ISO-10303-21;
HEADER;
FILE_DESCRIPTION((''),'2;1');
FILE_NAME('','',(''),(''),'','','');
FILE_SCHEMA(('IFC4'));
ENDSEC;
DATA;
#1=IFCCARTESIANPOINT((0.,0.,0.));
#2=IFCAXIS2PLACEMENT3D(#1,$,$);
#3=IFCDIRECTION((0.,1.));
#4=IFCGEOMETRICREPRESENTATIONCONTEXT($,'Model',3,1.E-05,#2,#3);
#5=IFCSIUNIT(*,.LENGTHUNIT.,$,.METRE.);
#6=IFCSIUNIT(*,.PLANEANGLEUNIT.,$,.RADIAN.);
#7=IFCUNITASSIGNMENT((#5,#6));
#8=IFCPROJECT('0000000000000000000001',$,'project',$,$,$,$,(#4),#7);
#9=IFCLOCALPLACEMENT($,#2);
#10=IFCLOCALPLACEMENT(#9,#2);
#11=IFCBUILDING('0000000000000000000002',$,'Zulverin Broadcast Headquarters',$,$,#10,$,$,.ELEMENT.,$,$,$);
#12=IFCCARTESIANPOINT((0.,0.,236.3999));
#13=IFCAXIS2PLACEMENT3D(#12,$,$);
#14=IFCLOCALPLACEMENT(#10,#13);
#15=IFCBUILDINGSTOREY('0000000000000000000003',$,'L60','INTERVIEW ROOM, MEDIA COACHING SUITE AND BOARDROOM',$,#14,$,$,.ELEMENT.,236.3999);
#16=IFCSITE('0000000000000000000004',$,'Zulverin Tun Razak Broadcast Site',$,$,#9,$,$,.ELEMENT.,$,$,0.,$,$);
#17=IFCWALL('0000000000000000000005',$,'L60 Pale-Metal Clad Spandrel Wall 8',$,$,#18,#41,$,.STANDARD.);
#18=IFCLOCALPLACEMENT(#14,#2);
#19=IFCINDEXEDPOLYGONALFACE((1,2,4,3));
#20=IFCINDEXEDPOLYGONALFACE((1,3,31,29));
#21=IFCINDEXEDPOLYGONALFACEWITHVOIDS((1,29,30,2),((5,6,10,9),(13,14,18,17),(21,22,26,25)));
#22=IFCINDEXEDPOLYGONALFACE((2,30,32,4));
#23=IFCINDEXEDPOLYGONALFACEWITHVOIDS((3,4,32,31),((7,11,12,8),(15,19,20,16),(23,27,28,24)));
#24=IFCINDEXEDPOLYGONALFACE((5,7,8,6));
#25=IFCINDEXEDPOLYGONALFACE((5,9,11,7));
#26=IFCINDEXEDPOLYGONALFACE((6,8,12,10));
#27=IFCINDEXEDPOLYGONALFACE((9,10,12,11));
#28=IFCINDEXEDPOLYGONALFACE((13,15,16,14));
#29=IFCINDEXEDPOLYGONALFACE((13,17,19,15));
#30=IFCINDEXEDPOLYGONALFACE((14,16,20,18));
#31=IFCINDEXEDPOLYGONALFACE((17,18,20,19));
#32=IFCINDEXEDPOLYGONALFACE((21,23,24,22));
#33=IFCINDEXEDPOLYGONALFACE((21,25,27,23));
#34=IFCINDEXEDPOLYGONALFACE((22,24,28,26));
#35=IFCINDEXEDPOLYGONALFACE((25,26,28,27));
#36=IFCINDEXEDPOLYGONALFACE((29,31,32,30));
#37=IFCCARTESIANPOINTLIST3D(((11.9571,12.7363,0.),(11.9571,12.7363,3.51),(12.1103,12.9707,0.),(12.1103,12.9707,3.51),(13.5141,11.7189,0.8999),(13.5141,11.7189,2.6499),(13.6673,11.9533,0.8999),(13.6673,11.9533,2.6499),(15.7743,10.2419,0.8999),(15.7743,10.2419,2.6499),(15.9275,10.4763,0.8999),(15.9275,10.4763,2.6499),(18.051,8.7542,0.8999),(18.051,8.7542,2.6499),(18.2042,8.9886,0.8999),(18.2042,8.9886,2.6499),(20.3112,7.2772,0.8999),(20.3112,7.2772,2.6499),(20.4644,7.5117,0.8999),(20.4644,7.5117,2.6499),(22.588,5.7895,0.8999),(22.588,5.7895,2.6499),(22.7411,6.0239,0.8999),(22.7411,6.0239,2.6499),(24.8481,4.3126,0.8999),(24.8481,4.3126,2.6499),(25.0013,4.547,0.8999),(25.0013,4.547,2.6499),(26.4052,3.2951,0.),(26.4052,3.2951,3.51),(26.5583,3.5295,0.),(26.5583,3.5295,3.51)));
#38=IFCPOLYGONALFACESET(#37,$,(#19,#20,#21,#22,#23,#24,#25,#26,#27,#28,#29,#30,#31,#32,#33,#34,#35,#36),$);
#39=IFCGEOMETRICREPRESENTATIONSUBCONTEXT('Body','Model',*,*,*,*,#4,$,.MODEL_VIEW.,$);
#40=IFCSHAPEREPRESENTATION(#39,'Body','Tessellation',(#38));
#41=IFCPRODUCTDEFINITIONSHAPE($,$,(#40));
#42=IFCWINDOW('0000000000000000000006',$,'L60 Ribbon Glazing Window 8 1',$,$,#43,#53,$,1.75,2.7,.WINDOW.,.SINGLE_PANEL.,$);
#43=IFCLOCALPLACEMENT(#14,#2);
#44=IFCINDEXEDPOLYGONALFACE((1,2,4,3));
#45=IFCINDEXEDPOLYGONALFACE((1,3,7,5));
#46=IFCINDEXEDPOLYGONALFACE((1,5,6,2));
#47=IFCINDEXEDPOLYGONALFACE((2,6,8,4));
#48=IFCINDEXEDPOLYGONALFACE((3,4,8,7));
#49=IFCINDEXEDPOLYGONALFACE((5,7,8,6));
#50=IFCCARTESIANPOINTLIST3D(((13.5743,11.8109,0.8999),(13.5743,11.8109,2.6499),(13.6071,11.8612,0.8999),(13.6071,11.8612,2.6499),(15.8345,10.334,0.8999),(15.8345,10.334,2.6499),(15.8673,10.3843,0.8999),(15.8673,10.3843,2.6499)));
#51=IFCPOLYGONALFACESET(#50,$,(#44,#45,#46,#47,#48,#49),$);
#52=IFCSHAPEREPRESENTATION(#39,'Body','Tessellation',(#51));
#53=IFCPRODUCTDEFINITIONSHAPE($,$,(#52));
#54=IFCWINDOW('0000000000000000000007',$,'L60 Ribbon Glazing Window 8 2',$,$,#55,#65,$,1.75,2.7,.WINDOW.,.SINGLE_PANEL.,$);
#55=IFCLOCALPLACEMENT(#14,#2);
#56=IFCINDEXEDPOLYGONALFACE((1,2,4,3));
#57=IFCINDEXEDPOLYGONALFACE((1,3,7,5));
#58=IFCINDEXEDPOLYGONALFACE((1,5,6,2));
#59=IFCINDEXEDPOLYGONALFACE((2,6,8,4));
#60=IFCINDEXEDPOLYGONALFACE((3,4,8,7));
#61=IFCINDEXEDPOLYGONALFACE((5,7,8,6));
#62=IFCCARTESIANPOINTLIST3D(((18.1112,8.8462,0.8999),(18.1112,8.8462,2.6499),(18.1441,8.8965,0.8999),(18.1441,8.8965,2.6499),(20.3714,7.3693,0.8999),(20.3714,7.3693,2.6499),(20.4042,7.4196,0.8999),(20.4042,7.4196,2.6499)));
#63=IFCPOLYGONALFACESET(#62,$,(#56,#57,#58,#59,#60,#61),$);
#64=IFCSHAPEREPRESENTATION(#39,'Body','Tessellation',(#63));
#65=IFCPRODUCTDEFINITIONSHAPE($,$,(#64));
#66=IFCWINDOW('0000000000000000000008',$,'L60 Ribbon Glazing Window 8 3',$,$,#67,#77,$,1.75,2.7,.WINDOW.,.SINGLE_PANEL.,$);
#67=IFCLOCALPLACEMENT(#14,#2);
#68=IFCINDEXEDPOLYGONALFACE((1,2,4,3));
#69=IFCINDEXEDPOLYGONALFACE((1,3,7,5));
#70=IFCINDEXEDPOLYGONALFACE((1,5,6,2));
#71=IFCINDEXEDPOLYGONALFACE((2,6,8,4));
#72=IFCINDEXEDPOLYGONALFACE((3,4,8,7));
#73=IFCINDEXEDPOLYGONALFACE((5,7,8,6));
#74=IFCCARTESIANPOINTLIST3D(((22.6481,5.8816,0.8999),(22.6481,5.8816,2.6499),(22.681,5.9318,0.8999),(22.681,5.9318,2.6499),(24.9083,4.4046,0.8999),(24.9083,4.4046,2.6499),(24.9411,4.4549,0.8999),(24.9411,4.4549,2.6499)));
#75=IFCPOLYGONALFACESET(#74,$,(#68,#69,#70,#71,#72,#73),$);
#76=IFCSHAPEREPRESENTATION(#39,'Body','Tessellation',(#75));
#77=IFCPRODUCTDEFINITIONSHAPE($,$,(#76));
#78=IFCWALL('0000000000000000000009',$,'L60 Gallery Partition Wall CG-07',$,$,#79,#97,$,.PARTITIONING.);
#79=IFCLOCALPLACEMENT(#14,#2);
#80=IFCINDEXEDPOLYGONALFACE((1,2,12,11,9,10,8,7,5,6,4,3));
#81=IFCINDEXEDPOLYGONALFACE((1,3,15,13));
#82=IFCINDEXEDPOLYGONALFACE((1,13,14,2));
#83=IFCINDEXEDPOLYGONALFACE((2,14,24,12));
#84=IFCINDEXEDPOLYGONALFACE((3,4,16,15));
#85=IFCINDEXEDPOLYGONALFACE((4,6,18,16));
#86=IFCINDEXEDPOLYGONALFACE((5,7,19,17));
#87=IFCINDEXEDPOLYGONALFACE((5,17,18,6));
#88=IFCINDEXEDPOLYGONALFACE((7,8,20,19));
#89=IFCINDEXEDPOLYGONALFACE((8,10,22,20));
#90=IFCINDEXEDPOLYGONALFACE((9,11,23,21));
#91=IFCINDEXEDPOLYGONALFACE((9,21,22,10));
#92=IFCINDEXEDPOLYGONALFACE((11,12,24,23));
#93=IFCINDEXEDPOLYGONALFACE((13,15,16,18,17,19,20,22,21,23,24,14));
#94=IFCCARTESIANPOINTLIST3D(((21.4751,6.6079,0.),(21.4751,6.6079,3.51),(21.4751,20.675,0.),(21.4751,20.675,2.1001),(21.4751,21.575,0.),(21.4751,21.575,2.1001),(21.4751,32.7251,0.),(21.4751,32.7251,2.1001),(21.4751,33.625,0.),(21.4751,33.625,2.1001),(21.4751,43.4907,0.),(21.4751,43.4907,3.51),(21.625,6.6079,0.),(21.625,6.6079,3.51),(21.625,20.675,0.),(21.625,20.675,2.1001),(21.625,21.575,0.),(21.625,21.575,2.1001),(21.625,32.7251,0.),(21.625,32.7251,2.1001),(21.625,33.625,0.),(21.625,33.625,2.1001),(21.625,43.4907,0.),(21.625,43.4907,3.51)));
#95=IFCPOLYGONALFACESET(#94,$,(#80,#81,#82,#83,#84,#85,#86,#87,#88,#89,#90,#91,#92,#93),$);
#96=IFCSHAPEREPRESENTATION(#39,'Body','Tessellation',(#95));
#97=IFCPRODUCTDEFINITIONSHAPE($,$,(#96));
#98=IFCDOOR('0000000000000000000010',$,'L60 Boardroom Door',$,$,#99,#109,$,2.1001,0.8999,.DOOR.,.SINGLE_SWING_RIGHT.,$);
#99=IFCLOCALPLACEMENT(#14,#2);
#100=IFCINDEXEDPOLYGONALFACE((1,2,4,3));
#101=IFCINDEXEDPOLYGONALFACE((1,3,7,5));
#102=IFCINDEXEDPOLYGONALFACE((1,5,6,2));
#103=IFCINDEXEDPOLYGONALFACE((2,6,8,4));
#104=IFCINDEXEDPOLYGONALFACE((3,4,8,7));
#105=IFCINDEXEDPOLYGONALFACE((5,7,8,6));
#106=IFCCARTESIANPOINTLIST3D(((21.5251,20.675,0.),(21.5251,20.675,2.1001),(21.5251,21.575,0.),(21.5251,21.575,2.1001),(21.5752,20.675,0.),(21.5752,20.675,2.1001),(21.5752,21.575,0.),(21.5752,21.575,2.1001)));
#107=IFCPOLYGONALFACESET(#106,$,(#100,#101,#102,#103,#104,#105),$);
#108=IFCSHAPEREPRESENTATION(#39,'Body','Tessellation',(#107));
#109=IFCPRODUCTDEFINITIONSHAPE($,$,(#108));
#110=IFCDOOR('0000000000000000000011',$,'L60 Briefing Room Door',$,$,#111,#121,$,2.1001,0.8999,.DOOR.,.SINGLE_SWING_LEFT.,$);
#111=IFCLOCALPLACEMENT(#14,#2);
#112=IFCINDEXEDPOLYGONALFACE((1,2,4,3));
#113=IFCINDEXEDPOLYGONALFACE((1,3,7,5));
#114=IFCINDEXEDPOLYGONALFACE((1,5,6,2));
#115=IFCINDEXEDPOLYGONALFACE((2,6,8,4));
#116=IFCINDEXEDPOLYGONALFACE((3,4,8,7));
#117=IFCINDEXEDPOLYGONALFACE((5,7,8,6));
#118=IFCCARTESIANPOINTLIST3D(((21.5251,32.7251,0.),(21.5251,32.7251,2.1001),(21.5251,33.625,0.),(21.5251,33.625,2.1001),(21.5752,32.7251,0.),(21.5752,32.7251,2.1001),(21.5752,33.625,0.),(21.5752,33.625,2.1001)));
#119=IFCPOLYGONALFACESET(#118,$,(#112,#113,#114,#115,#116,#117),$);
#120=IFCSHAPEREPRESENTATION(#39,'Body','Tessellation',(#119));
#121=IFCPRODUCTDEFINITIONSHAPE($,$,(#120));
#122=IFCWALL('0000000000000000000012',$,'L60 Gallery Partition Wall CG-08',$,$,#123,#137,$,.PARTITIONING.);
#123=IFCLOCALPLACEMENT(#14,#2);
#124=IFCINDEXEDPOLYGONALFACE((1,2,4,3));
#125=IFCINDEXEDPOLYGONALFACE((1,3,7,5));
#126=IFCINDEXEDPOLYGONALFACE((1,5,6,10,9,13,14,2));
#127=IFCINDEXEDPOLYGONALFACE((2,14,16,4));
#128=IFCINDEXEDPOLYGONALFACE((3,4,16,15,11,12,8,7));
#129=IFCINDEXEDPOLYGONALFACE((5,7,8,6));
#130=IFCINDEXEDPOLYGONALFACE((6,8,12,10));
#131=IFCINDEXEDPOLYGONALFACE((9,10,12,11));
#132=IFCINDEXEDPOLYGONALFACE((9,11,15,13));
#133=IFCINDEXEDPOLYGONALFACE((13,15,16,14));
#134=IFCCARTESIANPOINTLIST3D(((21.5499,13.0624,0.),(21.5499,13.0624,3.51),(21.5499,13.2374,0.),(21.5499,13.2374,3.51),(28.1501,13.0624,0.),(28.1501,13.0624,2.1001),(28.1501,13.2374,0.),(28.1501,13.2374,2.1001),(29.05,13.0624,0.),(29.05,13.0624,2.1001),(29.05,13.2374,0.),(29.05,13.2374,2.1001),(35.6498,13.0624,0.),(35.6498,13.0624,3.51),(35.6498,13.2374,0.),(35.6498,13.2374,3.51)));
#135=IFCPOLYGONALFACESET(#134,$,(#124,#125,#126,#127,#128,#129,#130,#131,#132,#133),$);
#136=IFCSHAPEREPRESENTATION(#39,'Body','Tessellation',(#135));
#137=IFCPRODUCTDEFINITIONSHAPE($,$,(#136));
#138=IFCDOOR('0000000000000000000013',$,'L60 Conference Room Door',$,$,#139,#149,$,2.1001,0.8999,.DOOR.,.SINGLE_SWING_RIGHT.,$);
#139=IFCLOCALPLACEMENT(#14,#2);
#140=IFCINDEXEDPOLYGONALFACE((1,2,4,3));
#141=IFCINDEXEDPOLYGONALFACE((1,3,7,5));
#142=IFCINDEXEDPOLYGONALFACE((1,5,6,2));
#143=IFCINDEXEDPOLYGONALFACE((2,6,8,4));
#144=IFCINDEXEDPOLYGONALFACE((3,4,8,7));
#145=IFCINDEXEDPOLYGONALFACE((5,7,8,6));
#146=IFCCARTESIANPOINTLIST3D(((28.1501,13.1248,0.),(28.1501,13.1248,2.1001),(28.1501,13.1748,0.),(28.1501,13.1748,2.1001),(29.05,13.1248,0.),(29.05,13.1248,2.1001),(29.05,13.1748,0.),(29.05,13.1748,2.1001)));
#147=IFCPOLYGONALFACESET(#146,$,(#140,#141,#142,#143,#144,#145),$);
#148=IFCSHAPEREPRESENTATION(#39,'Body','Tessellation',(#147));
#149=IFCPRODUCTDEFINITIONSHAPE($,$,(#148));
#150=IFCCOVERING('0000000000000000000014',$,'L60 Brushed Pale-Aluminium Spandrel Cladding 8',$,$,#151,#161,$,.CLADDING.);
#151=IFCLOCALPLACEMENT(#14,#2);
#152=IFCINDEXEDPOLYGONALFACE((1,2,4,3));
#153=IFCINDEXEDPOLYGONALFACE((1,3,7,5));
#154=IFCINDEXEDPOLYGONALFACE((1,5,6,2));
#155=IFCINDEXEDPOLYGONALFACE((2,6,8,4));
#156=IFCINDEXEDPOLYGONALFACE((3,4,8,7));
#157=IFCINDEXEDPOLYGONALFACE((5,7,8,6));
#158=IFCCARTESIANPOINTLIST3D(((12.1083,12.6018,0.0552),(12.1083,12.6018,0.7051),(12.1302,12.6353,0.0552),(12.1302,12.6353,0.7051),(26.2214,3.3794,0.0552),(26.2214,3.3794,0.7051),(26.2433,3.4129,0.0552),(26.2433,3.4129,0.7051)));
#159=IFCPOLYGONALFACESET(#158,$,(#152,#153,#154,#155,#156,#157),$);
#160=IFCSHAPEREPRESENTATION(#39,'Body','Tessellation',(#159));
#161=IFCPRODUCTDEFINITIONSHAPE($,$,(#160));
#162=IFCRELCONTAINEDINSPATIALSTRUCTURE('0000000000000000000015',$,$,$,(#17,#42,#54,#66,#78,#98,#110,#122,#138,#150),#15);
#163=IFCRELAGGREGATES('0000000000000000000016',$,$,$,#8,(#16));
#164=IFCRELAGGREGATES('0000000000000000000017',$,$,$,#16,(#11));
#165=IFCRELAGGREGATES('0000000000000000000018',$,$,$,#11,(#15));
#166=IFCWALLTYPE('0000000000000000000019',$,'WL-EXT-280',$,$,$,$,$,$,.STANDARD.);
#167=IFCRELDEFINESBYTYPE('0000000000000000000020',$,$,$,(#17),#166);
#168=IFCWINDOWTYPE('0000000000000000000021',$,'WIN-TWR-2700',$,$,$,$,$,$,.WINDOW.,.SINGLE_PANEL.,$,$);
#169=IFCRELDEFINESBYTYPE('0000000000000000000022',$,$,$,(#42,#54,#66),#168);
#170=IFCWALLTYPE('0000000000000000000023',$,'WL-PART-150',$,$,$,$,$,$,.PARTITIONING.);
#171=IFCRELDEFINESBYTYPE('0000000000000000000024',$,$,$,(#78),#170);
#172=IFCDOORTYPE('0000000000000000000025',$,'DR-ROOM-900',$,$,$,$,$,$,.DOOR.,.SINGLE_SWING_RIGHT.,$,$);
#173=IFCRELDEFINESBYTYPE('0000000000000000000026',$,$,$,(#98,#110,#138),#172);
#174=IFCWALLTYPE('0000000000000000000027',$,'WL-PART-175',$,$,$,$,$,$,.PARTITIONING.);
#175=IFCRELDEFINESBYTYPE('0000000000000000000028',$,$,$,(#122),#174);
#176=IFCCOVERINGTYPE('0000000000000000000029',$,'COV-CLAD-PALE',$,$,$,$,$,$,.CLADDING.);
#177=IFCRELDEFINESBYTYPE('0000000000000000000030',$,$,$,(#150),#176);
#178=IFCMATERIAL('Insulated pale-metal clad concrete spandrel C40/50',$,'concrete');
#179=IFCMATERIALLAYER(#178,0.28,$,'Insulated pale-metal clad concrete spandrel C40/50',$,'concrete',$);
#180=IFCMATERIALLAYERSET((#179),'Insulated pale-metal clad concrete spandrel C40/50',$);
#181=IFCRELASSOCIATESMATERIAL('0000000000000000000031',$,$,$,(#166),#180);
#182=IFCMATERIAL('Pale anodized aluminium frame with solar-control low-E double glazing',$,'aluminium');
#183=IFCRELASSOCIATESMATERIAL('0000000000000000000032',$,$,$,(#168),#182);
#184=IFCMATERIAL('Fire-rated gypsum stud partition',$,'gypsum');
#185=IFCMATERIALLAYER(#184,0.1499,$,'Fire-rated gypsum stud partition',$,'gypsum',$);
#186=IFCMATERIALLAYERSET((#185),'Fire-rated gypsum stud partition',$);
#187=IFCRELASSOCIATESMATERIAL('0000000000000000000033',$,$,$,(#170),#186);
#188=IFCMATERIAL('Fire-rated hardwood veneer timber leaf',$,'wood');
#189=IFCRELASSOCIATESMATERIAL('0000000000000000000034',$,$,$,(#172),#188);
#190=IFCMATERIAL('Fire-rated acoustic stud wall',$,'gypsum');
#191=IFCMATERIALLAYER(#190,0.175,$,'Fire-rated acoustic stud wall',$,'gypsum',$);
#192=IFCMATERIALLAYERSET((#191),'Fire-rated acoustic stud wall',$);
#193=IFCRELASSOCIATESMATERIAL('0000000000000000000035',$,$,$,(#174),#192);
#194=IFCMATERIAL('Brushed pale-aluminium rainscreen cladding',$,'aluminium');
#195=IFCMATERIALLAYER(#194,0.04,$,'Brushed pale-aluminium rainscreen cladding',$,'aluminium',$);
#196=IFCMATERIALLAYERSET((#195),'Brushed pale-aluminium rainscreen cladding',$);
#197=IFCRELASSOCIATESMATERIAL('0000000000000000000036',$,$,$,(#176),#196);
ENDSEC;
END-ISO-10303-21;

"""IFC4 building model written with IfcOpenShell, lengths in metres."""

from ifc_helpers import new_model, si_unit, direction, frame, frame_2d, origin, origin_2d, place, context, subcontext, project, spatial, rectangle, extrude, material, layer, layer_set, type_object, element, fill, save


model = new_model("IFC4")

# Units and contexts
model_context = context("Model", 3, precision=1e-05, world=origin(), true_north=direction((0.0, 1.0)))
body_context = subcontext(model_context, "Body", "Model", "MODEL_VIEW")
ifc_project = project(units=[si_unit("LENGTHUNIT", "METRE"), si_unit("PLANEANGLEUNIT", "RADIAN")], contexts=[model_context])

# Site, building, storey
site_placement = place(None, origin())
site = spatial("IfcSite", under=ifc_project, at=site_placement, Name="Zulverin Tun Razak Broadcast Site", CompositionType="ELEMENT", RefElevation=0.0)
building_placement = place(site_placement, origin())
building = spatial("IfcBuilding", under=site, at=building_placement, Name="Zulverin Broadcast Headquarters", CompositionType="ELEMENT")
storey_placement = place(building_placement, frame((0.0, 0.0, 236.3999)))
storey = spatial("IfcBuildingStorey", under=building, at=storey_placement, Name="L60", Description="INTERVIEW ROOM, MEDIA COACHING SUITE AND BOARDROOM", CompositionType="ELEMENT", Elevation=236.3999)

# Wall, openings, windows
ifc_material_1 = material(Name="Insulated pale-metal clad concrete spandrel C40/50", Category="concrete")
ifc_layer_1 = layer(ifc_material_1, 0.28, Name="Insulated pale-metal clad concrete spandrel C40/50", Category="concrete")
ifc_layer_set_1 = layer_set([ifc_layer_1], Name="Insulated pale-metal clad concrete spandrel C40/50")
wall_type_1 = type_object("IfcWallType", Name="WL-EXT-280", PredefinedType="STANDARD", material=ifc_layer_set_1)
wall_1_placement = place(storey_placement, frame((12.0337, 12.8535, 0.0), z_axis=(0.0, 0.0, 1.0), x_axis=(0.837118, -0.547022, 0.0)))
wall_1 = element("IfcWall", 1, at=wall_1_placement, inside=storey, type_object=wall_type_1, Name="L60 Pale-Metal Clad Spandrel Wall 8", PredefinedType="STANDARD", context=body_context, shape_type="SweptSolid", body=[
    extrude(rectangle(XDim=17.2593, YDim=0.28, at=frame_2d((8.6296, 0.0))), origin(), (0.0, 0.0, 1.0), 3.51),
])
opening_1_placement = place(wall_1_placement, frame((1.8599, 0.0, 0.8999)))
opening_1 = element("IfcOpeningElement", 2, at=opening_1_placement, cuts=wall_1, PredefinedType="OPENING", context=body_context, shape_type="SweptSolid", body=[
    extrude(rectangle(XDim=2.7, YDim=1.75, at=frame_2d((1.3501, 0.875))), frame((0.0, 0.1499, 0.0), z_axis=(0.0, -1.0, 0.0), x_axis=(1.0, 0.0, 0.0)), (0.0, 0.0, 1.0), 0.3),
])
opening_2_placement = place(wall_1_placement, frame((7.2795, 0.0, 0.8999)))
opening_2 = element("IfcOpeningElement", 3, at=opening_2_placement, cuts=wall_1, PredefinedType="OPENING", context=body_context, shape_type="SweptSolid", body=[
    extrude(rectangle(XDim=2.7, YDim=1.75, at=frame_2d((1.3501, 0.875))), frame((0.0, 0.1499, 0.0), z_axis=(0.0, -1.0, 0.0), x_axis=(1.0, 0.0, 0.0)), (0.0, 0.0, 1.0), 0.3),
])
opening_3_placement = place(wall_1_placement, frame((12.6992, 0.0, 0.8999)))
opening_3 = element("IfcOpeningElement", 4, at=opening_3_placement, cuts=wall_1, PredefinedType="OPENING", context=body_context, shape_type="SweptSolid", body=[
    extrude(rectangle(XDim=2.7, YDim=1.75, at=frame_2d((1.3501, 0.875))), frame((0.0, 0.1499, 0.0), z_axis=(0.0, -1.0, 0.0), x_axis=(1.0, 0.0, 0.0)), (0.0, 0.0, 1.0), 0.3),
])
ifc_material_2 = material(Name="Pale anodized aluminium frame with solar-control low-E double glazing", Category="aluminium")
window_type = type_object("IfcWindowType", Name="WIN-TWR-2700", PartitioningType="SINGLE_PANEL", PredefinedType="WINDOW", material=ifc_material_2)
window_1_placement = place(opening_1_placement, origin())
window_1 = element("IfcWindow", 5, at=window_1_placement, inside=storey, type_object=window_type, Name="L60 Ribbon Glazing Window 8 1", OverallHeight=1.75, OverallWidth=2.7, PartitioningType="SINGLE_PANEL", PredefinedType="WINDOW", context=body_context, shape_type="SweptSolid", body=[
    extrude(rectangle(XDim=2.7, YDim=1.75, at=frame_2d((1.3501, 0.875))), frame((0.0, 0.03, 0.0), z_axis=(0.0, -1.0, 0.0), x_axis=(1.0, 0.0, 0.0)), (0.0, 0.0, 1.0), 0.0601),
])
fill(opening_1, window_1)
window_2_placement = place(opening_2_placement, origin())
window_2 = element("IfcWindow", 6, at=window_2_placement, inside=storey, type_object=window_type, Name="L60 Ribbon Glazing Window 8 2", OverallHeight=1.75, OverallWidth=2.7, PartitioningType="SINGLE_PANEL", PredefinedType="WINDOW", context=body_context, shape_type="SweptSolid", body=[
    extrude(rectangle(XDim=2.7, YDim=1.75, at=frame_2d((1.3501, 0.875))), frame((0.0, 0.03, 0.0), z_axis=(0.0, -1.0, 0.0), x_axis=(1.0, 0.0, 0.0)), (0.0, 0.0, 1.0), 0.0601),
])
fill(opening_2, window_2)
window_3_placement = place(opening_3_placement, origin())
window_3 = element("IfcWindow", 7, at=window_3_placement, inside=storey, type_object=window_type, Name="L60 Ribbon Glazing Window 8 3", OverallHeight=1.75, OverallWidth=2.7, PartitioningType="SINGLE_PANEL", PredefinedType="WINDOW", context=body_context, shape_type="SweptSolid", body=[
    extrude(rectangle(XDim=2.7, YDim=1.75, at=frame_2d((1.3501, 0.875))), frame((0.0, 0.03, 0.0), z_axis=(0.0, -1.0, 0.0), x_axis=(1.0, 0.0, 0.0)), (0.0, 0.0, 1.0), 0.0601),
])
fill(opening_3, window_3)

# Wall, openings, doors
ifc_material_3 = material(Name="Fire-rated gypsum stud partition", Category="gypsum")
ifc_layer_2 = layer(ifc_material_3, 0.1499, Name="Fire-rated gypsum stud partition", Category="gypsum")
ifc_layer_set_2 = layer_set([ifc_layer_2], Name="Fire-rated gypsum stud partition")
wall_type_2 = type_object("IfcWallType", Name="WL-PART-150", PredefinedType="PARTITIONING", material=ifc_layer_set_2)
wall_2_placement = place(storey_placement, frame((21.55, 6.6079, 0.0), z_axis=(0.0, 0.0, 1.0), x_axis=(0.0, 1.0, 0.0)))
wall_2 = element("IfcWall", 8, at=wall_2_placement, inside=storey, type_object=wall_type_2, Name="L60 Gallery Partition Wall CG-07", PredefinedType="PARTITIONING", context=body_context, shape_type="SweptSolid", body=[
    extrude(rectangle(XDim=36.8828, YDim=0.1499, at=frame_2d((18.4414, 0.0))), origin(), (0.0, 0.0, 1.0), 3.51),
])
opening_4_placement = place(wall_2_placement, frame((14.0671, 0.0, 0.0)))
opening_4 = element("IfcOpeningElement", 9, at=opening_4_placement, cuts=wall_2, PredefinedType="OPENING", context=body_context, shape_type="SweptSolid", body=[
    extrude(rectangle(XDim=0.8999, YDim=2.1001, at=frame_2d((0.45, 1.05))), frame((0.0, 0.085, 0.0), z_axis=(0.0, -1.0, 0.0), x_axis=(1.0, 0.0, 0.0)), (0.0, 0.0, 1.0), 0.1699),
])
opening_5_placement = place(wall_2_placement, frame((26.1172, 0.0, 0.0)))
opening_5 = element("IfcOpeningElement", 10, at=opening_5_placement, cuts=wall_2, PredefinedType="OPENING", context=body_context, shape_type="SweptSolid", body=[
    extrude(rectangle(XDim=0.8999, YDim=2.1001, at=frame_2d((0.45, 1.05))), frame((0.0, 0.085, 0.0), z_axis=(0.0, -1.0, 0.0), x_axis=(1.0, 0.0, 0.0)), (0.0, 0.0, 1.0), 0.1699),
])
ifc_material_4 = material(Name="Fire-rated hardwood veneer timber leaf", Category="wood")
door_type_1 = type_object("IfcDoorType", Name="DR-ROOM-900", OperationType="SINGLE_SWING_RIGHT", PredefinedType="DOOR", material=ifc_material_4)
door_1_placement = place(opening_4_placement, origin())
door_1 = element("IfcDoor", 11, at=door_1_placement, inside=storey, type_object=door_type_1, Name="L60 Boardroom Door", OperationType="SINGLE_SWING_RIGHT", OverallHeight=2.1001, OverallWidth=0.8999, PredefinedType="DOOR", context=body_context, shape_type="SweptSolid", body=[
    extrude(rectangle(XDim=0.8999, YDim=2.1001, at=frame_2d((0.45, 1.05))), frame((0.0, 0.0249, 0.0), z_axis=(0.0, -1.0, 0.0), x_axis=(1.0, 0.0, 0.0)), (0.0, 0.0, 1.0), 0.05),
])
fill(opening_4, door_1)
door_2_placement = place(opening_5_placement, origin())
door_2 = element("IfcDoor", 12, at=door_2_placement, inside=storey, type_object=door_type_1, Name="L60 Briefing Room Door", OperationType="SINGLE_SWING_LEFT", OverallHeight=2.1001, OverallWidth=0.8999, PredefinedType="DOOR", context=body_context, shape_type="SweptSolid", body=[
    extrude(rectangle(XDim=0.8999, YDim=2.1001, at=frame_2d((0.45, 1.05))), frame((0.0, 0.0249, 0.0), z_axis=(0.0, -1.0, 0.0), x_axis=(1.0, 0.0, 0.0)), (0.0, 0.0, 1.0), 0.05),
])
fill(opening_5, door_2)

# Wall, opening, door
ifc_material_5 = material(Name="Fire-rated acoustic stud wall", Category="gypsum")
ifc_layer_3 = layer(ifc_material_5, 0.175, Name="Fire-rated acoustic stud wall", Category="gypsum")
ifc_layer_set_3 = layer_set([ifc_layer_3], Name="Fire-rated acoustic stud wall")
wall_type_3 = type_object("IfcWallType", Name="WL-PART-175", PredefinedType="PARTITIONING", material=ifc_layer_set_3)
wall_3_placement = place(storey_placement, frame((21.55, 13.1499, 0.0), z_axis=(0.0, 0.0, 1.0), x_axis=(1.0, 0.0, 0.0)))
wall_3 = element("IfcWall", 13, at=wall_3_placement, inside=storey, type_object=wall_type_3, Name="L60 Gallery Partition Wall CG-08", PredefinedType="PARTITIONING", context=body_context, shape_type="SweptSolid", body=[
    extrude(rectangle(XDim=14.0999, YDim=0.175, at=frame_2d((7.0498, 0.0))), origin(), (0.0, 0.0, 1.0), 3.51),
])
opening_6_placement = place(wall_3_placement, frame((6.6001, 0.0, 0.0)))
opening_6 = element("IfcOpeningElement", 14, at=opening_6_placement, cuts=wall_3, PredefinedType="OPENING", context=body_context, shape_type="SweptSolid", body=[
    extrude(rectangle(XDim=0.8999, YDim=2.1001, at=frame_2d((0.45, 1.05))), frame((0.0, 0.0974, 0.0), z_axis=(0.0, -1.0, 0.0), x_axis=(1.0, 0.0, 0.0)), (0.0, 0.0, 1.0), 0.1951),
])
door_3_placement = place(opening_6_placement, origin())
door_3 = element("IfcDoor", 15, at=door_3_placement, inside=storey, type_object=door_type_1, Name="L60 Conference Room Door", OperationType="SINGLE_SWING_RIGHT", OverallHeight=2.1001, OverallWidth=0.8999, PredefinedType="DOOR", context=body_context, shape_type="SweptSolid", body=[
    extrude(rectangle(XDim=0.8999, YDim=2.1001, at=frame_2d((0.45, 1.05))), frame((0.0, 0.0249, 0.0), z_axis=(0.0, -1.0, 0.0), x_axis=(1.0, 0.0, 0.0)), (0.0, 0.0, 1.0), 0.05),
])
fill(opening_6, door_3)

# Covering
ifc_material_6 = material(Name="Brushed pale-aluminium rainscreen cladding", Category="aluminium")
ifc_layer_4 = layer(ifc_material_6, 0.04, Name="Brushed pale-aluminium rainscreen cladding", Category="aluminium")
ifc_layer_set_4 = layer_set([ifc_layer_4], Name="Brushed pale-aluminium rainscreen cladding")
covering_type = type_object("IfcCoveringType", Name="COV-CLAD-PALE", PredefinedType="CLADDING", material=ifc_layer_set_4)
covering_placement = place(storey_placement, frame((19.1758, 8.0073, 0.0552), z_axis=(0.0, 0.0, 1.0), x_axis=(0.837116, -0.547026, 0.0)))
element("IfcCovering", 16, at=covering_placement, inside=storey, type_object=covering_type, Name="L60 Brushed Pale-Aluminium Spandrel Cladding 8", PredefinedType="CLADDING", context=body_context, shape_type="SweptSolid", body=[
    extrude(rectangle(XDim=16.8591, YDim=0.04, at=origin_2d()), origin(), (0.0, 0.0, 1.0), 0.6499),
])

save(model, "model.ifc")
